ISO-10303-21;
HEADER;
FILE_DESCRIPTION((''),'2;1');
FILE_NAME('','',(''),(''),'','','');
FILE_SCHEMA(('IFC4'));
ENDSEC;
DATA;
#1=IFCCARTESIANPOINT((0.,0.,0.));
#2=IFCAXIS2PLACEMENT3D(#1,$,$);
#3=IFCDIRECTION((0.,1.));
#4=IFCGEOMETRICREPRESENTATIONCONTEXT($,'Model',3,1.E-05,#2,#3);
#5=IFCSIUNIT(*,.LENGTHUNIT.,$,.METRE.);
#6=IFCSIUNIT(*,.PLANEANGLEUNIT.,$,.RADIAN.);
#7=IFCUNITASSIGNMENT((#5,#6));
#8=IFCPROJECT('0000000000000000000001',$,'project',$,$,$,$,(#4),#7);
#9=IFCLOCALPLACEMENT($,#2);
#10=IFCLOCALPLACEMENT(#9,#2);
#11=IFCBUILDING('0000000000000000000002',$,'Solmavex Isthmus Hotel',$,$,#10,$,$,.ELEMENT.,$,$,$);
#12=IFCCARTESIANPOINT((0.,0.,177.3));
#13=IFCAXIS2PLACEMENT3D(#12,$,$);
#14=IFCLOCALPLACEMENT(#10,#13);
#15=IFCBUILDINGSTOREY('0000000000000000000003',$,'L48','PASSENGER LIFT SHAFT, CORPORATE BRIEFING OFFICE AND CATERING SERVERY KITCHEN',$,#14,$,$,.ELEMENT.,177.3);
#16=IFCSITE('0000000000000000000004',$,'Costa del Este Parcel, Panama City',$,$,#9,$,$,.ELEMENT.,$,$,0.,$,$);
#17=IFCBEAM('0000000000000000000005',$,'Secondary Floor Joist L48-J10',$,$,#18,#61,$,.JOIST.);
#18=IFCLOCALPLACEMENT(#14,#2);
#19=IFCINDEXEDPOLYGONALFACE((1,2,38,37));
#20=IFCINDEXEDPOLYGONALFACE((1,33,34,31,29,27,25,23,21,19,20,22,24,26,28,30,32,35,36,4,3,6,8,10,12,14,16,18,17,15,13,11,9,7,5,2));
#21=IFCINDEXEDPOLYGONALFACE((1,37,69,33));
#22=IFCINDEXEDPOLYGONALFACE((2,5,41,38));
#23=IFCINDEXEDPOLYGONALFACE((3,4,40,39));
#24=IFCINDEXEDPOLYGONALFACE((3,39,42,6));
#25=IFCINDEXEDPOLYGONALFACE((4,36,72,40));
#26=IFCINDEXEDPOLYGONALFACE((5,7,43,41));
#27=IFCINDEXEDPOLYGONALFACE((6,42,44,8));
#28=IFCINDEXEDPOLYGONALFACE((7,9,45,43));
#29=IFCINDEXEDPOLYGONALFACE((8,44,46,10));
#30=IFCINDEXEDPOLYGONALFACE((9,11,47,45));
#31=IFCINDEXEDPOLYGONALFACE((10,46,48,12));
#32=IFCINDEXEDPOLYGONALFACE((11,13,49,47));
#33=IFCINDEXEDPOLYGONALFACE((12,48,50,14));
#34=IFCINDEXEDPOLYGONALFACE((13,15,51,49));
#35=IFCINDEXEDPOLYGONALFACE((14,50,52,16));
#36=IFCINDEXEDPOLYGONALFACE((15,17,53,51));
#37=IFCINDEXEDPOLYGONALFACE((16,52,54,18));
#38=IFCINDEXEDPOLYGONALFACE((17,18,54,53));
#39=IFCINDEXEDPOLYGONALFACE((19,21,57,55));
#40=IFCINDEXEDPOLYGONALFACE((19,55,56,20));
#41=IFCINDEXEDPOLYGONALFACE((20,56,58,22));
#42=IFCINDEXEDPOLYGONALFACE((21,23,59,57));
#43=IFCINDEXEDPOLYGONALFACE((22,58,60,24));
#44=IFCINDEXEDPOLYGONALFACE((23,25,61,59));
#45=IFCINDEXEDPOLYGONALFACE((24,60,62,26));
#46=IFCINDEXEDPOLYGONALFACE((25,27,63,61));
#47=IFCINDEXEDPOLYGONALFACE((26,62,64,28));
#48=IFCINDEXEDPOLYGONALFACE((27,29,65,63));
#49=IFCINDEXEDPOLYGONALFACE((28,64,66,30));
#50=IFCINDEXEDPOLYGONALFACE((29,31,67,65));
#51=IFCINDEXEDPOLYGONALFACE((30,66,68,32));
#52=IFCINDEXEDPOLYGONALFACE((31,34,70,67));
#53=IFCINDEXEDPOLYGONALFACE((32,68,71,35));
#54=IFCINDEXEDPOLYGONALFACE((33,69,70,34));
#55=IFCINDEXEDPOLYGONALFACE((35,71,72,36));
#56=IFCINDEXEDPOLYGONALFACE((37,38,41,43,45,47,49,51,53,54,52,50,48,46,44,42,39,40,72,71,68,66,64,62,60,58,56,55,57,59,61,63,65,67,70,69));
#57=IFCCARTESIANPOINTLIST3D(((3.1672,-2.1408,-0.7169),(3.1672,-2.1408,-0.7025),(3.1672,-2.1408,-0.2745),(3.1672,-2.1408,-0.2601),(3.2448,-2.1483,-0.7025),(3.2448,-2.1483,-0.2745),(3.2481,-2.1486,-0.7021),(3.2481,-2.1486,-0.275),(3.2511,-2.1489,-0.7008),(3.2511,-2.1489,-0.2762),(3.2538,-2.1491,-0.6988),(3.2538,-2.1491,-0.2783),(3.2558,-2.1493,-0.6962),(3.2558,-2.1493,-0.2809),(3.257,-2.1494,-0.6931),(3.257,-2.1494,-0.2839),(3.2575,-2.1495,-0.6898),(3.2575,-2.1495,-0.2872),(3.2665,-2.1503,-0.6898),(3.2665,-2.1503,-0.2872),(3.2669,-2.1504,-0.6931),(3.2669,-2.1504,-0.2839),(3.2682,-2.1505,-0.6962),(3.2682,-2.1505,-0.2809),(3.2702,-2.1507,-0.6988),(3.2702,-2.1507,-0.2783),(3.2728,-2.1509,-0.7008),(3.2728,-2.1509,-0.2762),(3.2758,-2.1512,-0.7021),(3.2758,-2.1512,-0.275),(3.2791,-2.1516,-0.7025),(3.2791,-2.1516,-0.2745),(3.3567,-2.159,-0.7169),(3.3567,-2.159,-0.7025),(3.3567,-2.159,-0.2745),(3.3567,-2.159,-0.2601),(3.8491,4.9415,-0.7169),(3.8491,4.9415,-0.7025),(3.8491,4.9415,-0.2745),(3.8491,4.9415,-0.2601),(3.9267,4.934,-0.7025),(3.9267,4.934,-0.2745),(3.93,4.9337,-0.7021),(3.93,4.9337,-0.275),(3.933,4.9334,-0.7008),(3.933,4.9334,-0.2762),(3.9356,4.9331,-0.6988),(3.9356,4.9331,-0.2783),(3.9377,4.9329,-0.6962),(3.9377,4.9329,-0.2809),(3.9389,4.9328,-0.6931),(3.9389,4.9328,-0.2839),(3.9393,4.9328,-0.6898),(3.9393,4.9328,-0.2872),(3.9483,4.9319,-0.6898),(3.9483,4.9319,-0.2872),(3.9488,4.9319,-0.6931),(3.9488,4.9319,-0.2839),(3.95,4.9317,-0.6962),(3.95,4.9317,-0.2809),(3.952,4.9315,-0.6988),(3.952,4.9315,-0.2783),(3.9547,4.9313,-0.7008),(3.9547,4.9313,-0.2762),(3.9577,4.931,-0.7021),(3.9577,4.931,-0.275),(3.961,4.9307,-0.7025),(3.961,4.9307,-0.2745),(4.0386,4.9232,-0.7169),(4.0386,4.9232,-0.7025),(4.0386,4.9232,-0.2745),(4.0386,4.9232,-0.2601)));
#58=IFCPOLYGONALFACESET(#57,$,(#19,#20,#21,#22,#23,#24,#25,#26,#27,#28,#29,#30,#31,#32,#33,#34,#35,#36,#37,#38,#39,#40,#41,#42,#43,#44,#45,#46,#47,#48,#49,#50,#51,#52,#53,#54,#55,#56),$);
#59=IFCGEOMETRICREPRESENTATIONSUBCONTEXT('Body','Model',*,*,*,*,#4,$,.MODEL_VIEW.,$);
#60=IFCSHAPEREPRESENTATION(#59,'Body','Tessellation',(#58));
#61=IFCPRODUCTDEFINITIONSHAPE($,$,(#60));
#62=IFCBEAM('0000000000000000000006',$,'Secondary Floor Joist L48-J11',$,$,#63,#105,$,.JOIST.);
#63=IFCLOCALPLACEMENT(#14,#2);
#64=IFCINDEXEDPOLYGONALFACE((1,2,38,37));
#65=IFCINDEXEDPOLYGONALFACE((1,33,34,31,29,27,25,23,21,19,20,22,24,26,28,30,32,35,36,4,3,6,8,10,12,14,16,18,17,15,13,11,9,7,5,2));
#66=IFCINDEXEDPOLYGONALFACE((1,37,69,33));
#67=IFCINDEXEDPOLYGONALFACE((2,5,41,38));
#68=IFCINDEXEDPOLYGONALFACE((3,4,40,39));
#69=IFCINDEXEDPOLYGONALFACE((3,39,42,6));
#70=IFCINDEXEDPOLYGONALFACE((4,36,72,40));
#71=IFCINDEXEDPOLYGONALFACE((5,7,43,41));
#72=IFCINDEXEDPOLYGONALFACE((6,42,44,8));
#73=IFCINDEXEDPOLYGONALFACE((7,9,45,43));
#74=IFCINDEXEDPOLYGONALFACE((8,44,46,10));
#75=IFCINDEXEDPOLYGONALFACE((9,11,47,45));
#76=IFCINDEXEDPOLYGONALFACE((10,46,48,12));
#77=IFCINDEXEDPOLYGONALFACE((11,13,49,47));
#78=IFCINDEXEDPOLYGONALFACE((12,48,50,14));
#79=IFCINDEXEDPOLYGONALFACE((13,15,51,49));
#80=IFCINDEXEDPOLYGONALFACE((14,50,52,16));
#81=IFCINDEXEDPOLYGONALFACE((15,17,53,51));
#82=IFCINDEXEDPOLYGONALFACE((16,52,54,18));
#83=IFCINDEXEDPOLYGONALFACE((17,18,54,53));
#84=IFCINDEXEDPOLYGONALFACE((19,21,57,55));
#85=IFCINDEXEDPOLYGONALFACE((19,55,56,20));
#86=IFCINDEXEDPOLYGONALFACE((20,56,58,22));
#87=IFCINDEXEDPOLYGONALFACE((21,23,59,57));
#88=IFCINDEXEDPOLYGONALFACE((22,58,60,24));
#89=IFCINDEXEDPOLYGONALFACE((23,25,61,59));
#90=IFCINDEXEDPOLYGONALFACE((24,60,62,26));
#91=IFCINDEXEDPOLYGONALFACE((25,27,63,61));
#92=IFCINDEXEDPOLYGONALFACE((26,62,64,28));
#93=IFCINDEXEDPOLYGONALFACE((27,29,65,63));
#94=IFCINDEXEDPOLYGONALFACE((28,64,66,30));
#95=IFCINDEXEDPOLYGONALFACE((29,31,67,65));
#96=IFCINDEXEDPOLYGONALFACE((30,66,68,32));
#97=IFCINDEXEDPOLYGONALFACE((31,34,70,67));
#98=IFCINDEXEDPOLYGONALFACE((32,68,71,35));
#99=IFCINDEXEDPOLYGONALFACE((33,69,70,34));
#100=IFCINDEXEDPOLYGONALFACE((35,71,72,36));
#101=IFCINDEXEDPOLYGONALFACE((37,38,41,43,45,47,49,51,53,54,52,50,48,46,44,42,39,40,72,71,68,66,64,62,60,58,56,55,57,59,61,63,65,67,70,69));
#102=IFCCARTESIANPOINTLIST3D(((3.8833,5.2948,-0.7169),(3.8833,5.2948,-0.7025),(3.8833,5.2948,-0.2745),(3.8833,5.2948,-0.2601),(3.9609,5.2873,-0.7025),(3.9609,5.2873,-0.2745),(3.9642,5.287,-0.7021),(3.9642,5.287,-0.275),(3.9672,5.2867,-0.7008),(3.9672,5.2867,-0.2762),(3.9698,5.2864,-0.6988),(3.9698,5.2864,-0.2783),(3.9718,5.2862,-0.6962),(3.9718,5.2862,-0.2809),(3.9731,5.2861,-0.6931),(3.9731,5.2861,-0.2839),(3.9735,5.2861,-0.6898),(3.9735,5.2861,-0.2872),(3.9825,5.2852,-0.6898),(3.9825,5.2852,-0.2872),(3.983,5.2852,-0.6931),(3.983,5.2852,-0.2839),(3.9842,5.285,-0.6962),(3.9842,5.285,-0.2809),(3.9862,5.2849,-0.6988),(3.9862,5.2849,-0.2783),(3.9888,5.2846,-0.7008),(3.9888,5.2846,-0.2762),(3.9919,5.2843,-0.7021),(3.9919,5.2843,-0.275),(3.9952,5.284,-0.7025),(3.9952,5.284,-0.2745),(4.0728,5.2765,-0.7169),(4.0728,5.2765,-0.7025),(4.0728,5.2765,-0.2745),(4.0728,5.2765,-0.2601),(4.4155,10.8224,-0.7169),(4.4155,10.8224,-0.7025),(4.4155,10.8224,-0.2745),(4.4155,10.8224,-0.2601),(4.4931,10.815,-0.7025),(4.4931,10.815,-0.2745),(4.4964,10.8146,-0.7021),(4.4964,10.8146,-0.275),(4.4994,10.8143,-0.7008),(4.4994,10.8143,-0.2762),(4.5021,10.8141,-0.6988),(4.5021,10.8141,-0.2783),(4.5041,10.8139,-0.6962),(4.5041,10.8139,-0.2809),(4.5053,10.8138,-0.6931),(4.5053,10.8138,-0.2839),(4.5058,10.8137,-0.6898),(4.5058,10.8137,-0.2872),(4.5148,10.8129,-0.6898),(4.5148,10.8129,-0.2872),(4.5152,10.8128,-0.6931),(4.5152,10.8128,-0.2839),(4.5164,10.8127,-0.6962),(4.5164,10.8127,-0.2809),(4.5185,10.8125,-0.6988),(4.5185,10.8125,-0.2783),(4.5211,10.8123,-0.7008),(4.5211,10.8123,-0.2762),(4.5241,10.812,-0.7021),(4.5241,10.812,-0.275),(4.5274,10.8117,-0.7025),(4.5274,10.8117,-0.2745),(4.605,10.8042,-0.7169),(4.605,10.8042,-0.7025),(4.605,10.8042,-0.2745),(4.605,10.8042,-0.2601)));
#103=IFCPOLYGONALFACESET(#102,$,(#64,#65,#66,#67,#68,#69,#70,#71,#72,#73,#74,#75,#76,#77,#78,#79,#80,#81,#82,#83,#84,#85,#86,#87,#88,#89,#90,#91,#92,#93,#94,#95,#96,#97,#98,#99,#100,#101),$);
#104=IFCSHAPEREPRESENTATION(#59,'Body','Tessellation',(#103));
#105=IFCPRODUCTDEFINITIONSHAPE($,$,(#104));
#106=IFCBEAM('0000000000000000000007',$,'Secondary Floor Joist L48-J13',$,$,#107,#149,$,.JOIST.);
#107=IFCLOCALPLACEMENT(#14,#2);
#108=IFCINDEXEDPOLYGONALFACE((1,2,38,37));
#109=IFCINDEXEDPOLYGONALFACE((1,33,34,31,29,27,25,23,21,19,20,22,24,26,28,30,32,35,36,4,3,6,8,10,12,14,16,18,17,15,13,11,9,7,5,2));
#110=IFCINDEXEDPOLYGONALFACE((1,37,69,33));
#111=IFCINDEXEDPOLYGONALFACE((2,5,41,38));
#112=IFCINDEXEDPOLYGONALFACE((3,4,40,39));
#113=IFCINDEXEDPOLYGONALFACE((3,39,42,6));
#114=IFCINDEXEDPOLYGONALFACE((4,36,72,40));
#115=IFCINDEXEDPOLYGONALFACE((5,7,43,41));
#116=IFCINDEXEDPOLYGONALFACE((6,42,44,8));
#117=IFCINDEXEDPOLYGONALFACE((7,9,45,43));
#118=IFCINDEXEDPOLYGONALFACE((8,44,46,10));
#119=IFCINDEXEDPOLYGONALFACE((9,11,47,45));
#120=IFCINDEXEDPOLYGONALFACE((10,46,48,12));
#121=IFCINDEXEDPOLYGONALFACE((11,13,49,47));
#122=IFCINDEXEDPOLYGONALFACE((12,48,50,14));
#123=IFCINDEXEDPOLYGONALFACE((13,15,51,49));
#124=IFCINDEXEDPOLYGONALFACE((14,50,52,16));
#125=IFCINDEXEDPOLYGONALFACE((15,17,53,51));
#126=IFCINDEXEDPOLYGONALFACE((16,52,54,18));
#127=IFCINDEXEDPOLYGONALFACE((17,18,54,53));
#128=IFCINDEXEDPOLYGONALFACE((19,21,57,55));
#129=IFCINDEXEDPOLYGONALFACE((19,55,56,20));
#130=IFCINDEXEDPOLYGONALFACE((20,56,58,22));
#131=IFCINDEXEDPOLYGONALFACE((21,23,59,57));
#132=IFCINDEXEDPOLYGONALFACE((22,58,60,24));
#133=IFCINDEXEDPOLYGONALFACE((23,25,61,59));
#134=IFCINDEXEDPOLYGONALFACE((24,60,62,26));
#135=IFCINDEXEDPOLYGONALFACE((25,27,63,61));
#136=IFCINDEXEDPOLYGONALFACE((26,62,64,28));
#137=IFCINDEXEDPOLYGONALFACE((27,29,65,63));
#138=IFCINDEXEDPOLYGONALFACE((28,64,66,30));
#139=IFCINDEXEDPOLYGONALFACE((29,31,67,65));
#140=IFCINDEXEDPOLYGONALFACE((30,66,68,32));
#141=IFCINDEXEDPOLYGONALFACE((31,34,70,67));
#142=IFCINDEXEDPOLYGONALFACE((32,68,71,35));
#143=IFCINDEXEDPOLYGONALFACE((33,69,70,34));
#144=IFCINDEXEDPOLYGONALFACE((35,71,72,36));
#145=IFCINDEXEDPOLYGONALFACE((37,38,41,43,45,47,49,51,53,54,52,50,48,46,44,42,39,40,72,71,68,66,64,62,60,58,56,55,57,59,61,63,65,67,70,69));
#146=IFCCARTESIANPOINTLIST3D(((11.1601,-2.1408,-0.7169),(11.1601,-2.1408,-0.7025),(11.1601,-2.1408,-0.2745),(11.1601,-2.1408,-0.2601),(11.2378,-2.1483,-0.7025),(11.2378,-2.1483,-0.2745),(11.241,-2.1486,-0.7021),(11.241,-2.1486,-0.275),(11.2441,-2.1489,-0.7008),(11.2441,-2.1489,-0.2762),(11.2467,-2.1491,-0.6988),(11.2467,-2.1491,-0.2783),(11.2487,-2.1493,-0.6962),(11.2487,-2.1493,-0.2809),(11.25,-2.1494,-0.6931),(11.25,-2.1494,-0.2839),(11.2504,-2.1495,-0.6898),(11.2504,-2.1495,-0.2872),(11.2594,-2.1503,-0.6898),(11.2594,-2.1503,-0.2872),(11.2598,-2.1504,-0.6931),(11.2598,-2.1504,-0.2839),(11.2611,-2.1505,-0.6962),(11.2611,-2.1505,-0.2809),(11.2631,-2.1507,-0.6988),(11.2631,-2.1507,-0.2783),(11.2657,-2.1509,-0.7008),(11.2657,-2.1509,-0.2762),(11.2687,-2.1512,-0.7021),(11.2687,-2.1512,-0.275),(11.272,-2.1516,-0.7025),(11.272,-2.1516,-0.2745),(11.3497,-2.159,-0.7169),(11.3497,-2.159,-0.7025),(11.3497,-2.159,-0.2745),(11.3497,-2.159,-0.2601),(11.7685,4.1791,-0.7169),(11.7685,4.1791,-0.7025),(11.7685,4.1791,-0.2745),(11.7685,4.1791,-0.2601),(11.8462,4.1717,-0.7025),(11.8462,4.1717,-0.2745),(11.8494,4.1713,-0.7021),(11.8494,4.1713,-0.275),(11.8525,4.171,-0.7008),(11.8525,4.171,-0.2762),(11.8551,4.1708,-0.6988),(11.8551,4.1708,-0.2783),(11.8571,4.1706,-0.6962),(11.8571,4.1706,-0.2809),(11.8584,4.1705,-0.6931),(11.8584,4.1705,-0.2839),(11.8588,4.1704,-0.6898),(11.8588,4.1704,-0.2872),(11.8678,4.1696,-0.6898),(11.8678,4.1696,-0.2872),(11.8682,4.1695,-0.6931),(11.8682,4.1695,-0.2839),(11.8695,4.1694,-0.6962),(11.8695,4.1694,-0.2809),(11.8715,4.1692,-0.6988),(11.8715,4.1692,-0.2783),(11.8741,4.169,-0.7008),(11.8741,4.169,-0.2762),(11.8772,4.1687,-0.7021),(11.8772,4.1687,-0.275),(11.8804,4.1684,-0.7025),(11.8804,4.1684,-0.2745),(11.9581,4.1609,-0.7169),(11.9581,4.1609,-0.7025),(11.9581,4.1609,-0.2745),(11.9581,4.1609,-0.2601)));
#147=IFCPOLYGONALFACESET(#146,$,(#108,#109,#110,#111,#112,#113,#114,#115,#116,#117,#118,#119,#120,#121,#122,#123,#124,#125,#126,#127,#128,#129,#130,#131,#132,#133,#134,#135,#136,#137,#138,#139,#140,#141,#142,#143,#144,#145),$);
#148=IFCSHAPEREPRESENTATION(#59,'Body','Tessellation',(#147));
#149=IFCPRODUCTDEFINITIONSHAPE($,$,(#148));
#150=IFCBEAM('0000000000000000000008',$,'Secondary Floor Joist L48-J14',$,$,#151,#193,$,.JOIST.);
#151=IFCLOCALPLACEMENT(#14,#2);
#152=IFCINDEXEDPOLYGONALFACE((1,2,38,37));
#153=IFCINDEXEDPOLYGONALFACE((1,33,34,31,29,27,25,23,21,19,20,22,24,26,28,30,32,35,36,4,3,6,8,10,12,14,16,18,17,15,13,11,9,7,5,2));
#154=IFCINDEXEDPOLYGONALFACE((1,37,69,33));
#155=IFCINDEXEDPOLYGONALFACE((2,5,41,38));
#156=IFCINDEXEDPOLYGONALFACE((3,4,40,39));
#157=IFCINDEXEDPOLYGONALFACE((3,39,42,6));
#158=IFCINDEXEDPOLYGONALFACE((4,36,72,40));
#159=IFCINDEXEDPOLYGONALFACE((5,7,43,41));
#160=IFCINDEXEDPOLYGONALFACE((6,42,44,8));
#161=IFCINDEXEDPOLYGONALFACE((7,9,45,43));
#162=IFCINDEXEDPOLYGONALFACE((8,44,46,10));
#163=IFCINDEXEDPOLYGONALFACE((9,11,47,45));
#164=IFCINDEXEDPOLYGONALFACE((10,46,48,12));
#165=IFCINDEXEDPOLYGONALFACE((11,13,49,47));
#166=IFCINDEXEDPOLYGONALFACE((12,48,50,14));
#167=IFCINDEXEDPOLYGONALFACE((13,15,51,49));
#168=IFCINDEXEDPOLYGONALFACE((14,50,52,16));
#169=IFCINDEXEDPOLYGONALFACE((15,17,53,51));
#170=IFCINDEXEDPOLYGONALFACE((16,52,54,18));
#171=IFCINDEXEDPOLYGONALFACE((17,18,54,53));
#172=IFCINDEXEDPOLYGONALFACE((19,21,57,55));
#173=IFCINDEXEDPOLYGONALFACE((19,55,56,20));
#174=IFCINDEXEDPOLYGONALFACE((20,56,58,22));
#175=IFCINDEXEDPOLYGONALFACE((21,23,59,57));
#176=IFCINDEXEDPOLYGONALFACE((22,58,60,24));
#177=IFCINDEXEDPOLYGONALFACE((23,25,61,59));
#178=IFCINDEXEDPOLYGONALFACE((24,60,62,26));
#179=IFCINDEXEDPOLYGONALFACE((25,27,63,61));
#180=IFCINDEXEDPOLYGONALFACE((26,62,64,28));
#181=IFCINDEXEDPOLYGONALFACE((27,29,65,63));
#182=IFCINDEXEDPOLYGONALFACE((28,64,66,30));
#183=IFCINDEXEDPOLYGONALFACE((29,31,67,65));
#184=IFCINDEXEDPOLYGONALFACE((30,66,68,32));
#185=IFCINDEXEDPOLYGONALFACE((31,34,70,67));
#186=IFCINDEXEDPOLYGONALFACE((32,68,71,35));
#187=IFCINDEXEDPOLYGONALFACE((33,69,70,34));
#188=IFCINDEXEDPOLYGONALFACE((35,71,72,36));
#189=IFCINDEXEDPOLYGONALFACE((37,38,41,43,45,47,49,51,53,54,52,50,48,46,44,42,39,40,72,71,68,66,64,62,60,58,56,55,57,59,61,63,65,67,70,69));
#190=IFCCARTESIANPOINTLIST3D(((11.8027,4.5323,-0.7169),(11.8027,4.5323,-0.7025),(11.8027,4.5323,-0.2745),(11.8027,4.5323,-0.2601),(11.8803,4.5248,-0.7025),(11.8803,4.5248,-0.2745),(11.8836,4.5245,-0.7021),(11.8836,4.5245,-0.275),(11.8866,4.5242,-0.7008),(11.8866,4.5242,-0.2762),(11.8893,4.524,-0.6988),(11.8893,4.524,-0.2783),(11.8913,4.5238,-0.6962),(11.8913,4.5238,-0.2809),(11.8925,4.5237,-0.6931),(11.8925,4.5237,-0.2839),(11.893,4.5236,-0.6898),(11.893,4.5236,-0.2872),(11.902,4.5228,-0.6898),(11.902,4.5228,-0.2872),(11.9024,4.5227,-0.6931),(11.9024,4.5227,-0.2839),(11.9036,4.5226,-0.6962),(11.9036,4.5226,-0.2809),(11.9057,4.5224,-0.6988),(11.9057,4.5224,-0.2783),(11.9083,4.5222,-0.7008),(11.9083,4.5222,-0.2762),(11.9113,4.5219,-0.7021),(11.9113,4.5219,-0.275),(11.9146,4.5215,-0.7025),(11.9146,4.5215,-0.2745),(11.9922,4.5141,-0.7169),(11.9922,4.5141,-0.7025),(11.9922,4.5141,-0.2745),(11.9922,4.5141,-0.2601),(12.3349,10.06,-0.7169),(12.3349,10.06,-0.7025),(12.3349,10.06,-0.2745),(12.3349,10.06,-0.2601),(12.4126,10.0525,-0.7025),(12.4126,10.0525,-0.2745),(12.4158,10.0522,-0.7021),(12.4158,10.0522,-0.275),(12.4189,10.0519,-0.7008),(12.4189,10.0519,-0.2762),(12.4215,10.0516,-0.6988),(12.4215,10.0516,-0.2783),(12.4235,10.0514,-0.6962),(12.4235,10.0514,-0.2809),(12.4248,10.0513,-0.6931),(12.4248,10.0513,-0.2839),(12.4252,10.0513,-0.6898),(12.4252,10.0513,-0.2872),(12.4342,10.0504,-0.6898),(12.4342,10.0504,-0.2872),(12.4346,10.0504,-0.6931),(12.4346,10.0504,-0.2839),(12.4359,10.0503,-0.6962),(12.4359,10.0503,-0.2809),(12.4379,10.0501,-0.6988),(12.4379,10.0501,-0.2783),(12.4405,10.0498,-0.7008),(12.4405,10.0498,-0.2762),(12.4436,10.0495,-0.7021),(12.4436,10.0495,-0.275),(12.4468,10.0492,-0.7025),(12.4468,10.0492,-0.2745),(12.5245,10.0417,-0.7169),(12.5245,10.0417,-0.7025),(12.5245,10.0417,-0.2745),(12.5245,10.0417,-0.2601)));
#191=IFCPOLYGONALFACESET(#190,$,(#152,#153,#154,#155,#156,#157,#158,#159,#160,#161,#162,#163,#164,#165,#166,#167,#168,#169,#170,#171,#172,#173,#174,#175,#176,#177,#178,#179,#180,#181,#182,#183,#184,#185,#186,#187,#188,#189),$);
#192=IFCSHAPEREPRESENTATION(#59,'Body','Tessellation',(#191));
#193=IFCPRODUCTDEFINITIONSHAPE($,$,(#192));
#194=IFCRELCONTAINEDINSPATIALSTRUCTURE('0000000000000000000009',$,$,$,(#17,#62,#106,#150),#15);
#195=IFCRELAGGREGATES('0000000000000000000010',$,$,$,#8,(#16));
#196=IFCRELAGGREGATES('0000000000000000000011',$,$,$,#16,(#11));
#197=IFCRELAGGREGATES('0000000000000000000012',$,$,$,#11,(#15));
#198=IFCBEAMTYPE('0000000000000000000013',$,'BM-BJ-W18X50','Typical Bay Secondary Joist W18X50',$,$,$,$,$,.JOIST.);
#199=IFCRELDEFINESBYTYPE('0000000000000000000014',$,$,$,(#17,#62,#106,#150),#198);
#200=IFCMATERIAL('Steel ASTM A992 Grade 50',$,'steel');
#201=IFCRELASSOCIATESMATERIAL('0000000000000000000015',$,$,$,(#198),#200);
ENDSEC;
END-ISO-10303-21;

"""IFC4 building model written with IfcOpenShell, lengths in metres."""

from ifc_helpers import new_model, si_unit, direction, frame, origin, origin_2d, place, context, subcontext, project, spatial, i_section, extrude, material, material_profile, profile_set, type_object, element, save


model = new_model("IFC4")

# Units and contexts
model_context = context("Model", 3, precision=1e-05, world=origin(), true_north=direction((0.0, 1.0)))
body_context = subcontext(model_context, "Body", "Model", "MODEL_VIEW")
ifc_project = project(units=[si_unit("LENGTHUNIT", "METRE"), si_unit("PLANEANGLEUNIT", "RADIAN")], contexts=[model_context])

# Site, building, storey
site_placement = place(None, origin())
site = spatial("IfcSite", under=ifc_project, at=site_placement, Name="Costa del Este Parcel, Panama City", CompositionType="ELEMENT", RefElevation=0.0)
building_placement = place(site_placement, origin())
building = spatial("IfcBuilding", under=site, at=building_placement, Name="Solmavex Isthmus Hotel", CompositionType="ELEMENT")
storey_placement = place(building_placement, frame((0.0, 0.0, 177.3)))
storey = spatial("IfcBuildingStorey", under=building, at=storey_placement, Name="L48", Description="PASSENGER LIFT SHAFT, CORPORATE BRIEFING OFFICE AND CATERING SERVERY KITCHEN", CompositionType="ELEMENT", Elevation=177.3)

# Beams
ifc_material_1 = material(Name="Steel ASTM A992 Grade 50", Category="steel")
ifc_material_profile_1 = material_profile(ifc_material_1, i_section(OverallWidth=0.1904, OverallDepth=0.4568, WebThickness=0.009, FlangeThickness=0.0144, FilletRadius=0.0127, at=origin_2d()), Name="W18X50")
ifc_profile_set_1 = profile_set([ifc_material_profile_1], Name="Steel ASTM A992 Grade 50")
beam_type_1 = type_object("IfcBeamType", Name="BM-BJ-W18X50", Description="Typical Bay Secondary Joist W18X50", PredefinedType="JOIST", material=ifc_profile_set_1)
beam_1_placement = place(storey_placement, frame((3.262, -2.1499, -0.4885), z_axis=(0.095837, 0.995397, 0.0), x_axis=(-0.995397, 0.095837, 0.0)))
element("IfcBeam", 1, at=beam_1_placement, inside=storey, type_object=beam_type_1, Name="Secondary Floor Joist L48-J10", PredefinedType="JOIST", context=body_context, shape_type="SweptSolid", body=[
    extrude(i_section(OverallWidth=0.1904, OverallDepth=0.4568, WebThickness=0.009, FlangeThickness=0.0144, FilletRadius=0.0127, at=origin_2d()), origin(), (0.0, 0.0, 1.0), 7.115),
])
beam_2_placement = place(storey_placement, frame((3.978, 5.2856, -0.4885), z_axis=(0.095842, 0.995397, 0.0), x_axis=(-0.995397, 0.095842, 0.0)))
element("IfcBeam", 2, at=beam_2_placement, inside=storey, type_object=beam_type_1, Name="Secondary Floor Joist L48-J11", PredefinedType="JOIST", context=body_context, shape_type="SweptSolid", body=[
    extrude(i_section(OverallWidth=0.1904, OverallDepth=0.4568, WebThickness=0.009, FlangeThickness=0.0144, FilletRadius=0.0127, at=origin_2d()), origin(), (0.0, 0.0, 1.0), 5.5532),
])
beam_3_placement = place(storey_placement, frame((11.2549, -2.1499, -0.4885), z_axis=(0.095825, 0.995398, 0.0), x_axis=(-0.995398, 0.095825, 0.0)))
element("IfcBeam", 3, at=beam_3_placement, inside=storey, type_object=beam_type_1, Name="Secondary Floor Joist L48-J13", PredefinedType="JOIST", context=body_context, shape_type="SweptSolid", body=[
    extrude(i_section(OverallWidth=0.1904, OverallDepth=0.4568, WebThickness=0.009, FlangeThickness=0.0144, FilletRadius=0.0127, at=origin_2d()), origin(), (0.0, 0.0, 1.0), 6.3491),
])
beam_4_placement = place(storey_placement, frame((11.8975, 4.5232, -0.4885), z_axis=(0.095842, 0.995397, 0.0), x_axis=(-0.995397, 0.095842, 0.0)))
element("IfcBeam", 4, at=beam_4_placement, inside=storey, type_object=beam_type_1, Name="Secondary Floor Joist L48-J14", PredefinedType="JOIST", context=body_context, shape_type="SweptSolid", body=[
    extrude(i_section(OverallWidth=0.1904, OverallDepth=0.4568, WebThickness=0.009, FlangeThickness=0.0144, FilletRadius=0.0127, at=origin_2d()), origin(), (0.0, 0.0, 1.0), 5.5532),
])

save(model, "model.ifc")
